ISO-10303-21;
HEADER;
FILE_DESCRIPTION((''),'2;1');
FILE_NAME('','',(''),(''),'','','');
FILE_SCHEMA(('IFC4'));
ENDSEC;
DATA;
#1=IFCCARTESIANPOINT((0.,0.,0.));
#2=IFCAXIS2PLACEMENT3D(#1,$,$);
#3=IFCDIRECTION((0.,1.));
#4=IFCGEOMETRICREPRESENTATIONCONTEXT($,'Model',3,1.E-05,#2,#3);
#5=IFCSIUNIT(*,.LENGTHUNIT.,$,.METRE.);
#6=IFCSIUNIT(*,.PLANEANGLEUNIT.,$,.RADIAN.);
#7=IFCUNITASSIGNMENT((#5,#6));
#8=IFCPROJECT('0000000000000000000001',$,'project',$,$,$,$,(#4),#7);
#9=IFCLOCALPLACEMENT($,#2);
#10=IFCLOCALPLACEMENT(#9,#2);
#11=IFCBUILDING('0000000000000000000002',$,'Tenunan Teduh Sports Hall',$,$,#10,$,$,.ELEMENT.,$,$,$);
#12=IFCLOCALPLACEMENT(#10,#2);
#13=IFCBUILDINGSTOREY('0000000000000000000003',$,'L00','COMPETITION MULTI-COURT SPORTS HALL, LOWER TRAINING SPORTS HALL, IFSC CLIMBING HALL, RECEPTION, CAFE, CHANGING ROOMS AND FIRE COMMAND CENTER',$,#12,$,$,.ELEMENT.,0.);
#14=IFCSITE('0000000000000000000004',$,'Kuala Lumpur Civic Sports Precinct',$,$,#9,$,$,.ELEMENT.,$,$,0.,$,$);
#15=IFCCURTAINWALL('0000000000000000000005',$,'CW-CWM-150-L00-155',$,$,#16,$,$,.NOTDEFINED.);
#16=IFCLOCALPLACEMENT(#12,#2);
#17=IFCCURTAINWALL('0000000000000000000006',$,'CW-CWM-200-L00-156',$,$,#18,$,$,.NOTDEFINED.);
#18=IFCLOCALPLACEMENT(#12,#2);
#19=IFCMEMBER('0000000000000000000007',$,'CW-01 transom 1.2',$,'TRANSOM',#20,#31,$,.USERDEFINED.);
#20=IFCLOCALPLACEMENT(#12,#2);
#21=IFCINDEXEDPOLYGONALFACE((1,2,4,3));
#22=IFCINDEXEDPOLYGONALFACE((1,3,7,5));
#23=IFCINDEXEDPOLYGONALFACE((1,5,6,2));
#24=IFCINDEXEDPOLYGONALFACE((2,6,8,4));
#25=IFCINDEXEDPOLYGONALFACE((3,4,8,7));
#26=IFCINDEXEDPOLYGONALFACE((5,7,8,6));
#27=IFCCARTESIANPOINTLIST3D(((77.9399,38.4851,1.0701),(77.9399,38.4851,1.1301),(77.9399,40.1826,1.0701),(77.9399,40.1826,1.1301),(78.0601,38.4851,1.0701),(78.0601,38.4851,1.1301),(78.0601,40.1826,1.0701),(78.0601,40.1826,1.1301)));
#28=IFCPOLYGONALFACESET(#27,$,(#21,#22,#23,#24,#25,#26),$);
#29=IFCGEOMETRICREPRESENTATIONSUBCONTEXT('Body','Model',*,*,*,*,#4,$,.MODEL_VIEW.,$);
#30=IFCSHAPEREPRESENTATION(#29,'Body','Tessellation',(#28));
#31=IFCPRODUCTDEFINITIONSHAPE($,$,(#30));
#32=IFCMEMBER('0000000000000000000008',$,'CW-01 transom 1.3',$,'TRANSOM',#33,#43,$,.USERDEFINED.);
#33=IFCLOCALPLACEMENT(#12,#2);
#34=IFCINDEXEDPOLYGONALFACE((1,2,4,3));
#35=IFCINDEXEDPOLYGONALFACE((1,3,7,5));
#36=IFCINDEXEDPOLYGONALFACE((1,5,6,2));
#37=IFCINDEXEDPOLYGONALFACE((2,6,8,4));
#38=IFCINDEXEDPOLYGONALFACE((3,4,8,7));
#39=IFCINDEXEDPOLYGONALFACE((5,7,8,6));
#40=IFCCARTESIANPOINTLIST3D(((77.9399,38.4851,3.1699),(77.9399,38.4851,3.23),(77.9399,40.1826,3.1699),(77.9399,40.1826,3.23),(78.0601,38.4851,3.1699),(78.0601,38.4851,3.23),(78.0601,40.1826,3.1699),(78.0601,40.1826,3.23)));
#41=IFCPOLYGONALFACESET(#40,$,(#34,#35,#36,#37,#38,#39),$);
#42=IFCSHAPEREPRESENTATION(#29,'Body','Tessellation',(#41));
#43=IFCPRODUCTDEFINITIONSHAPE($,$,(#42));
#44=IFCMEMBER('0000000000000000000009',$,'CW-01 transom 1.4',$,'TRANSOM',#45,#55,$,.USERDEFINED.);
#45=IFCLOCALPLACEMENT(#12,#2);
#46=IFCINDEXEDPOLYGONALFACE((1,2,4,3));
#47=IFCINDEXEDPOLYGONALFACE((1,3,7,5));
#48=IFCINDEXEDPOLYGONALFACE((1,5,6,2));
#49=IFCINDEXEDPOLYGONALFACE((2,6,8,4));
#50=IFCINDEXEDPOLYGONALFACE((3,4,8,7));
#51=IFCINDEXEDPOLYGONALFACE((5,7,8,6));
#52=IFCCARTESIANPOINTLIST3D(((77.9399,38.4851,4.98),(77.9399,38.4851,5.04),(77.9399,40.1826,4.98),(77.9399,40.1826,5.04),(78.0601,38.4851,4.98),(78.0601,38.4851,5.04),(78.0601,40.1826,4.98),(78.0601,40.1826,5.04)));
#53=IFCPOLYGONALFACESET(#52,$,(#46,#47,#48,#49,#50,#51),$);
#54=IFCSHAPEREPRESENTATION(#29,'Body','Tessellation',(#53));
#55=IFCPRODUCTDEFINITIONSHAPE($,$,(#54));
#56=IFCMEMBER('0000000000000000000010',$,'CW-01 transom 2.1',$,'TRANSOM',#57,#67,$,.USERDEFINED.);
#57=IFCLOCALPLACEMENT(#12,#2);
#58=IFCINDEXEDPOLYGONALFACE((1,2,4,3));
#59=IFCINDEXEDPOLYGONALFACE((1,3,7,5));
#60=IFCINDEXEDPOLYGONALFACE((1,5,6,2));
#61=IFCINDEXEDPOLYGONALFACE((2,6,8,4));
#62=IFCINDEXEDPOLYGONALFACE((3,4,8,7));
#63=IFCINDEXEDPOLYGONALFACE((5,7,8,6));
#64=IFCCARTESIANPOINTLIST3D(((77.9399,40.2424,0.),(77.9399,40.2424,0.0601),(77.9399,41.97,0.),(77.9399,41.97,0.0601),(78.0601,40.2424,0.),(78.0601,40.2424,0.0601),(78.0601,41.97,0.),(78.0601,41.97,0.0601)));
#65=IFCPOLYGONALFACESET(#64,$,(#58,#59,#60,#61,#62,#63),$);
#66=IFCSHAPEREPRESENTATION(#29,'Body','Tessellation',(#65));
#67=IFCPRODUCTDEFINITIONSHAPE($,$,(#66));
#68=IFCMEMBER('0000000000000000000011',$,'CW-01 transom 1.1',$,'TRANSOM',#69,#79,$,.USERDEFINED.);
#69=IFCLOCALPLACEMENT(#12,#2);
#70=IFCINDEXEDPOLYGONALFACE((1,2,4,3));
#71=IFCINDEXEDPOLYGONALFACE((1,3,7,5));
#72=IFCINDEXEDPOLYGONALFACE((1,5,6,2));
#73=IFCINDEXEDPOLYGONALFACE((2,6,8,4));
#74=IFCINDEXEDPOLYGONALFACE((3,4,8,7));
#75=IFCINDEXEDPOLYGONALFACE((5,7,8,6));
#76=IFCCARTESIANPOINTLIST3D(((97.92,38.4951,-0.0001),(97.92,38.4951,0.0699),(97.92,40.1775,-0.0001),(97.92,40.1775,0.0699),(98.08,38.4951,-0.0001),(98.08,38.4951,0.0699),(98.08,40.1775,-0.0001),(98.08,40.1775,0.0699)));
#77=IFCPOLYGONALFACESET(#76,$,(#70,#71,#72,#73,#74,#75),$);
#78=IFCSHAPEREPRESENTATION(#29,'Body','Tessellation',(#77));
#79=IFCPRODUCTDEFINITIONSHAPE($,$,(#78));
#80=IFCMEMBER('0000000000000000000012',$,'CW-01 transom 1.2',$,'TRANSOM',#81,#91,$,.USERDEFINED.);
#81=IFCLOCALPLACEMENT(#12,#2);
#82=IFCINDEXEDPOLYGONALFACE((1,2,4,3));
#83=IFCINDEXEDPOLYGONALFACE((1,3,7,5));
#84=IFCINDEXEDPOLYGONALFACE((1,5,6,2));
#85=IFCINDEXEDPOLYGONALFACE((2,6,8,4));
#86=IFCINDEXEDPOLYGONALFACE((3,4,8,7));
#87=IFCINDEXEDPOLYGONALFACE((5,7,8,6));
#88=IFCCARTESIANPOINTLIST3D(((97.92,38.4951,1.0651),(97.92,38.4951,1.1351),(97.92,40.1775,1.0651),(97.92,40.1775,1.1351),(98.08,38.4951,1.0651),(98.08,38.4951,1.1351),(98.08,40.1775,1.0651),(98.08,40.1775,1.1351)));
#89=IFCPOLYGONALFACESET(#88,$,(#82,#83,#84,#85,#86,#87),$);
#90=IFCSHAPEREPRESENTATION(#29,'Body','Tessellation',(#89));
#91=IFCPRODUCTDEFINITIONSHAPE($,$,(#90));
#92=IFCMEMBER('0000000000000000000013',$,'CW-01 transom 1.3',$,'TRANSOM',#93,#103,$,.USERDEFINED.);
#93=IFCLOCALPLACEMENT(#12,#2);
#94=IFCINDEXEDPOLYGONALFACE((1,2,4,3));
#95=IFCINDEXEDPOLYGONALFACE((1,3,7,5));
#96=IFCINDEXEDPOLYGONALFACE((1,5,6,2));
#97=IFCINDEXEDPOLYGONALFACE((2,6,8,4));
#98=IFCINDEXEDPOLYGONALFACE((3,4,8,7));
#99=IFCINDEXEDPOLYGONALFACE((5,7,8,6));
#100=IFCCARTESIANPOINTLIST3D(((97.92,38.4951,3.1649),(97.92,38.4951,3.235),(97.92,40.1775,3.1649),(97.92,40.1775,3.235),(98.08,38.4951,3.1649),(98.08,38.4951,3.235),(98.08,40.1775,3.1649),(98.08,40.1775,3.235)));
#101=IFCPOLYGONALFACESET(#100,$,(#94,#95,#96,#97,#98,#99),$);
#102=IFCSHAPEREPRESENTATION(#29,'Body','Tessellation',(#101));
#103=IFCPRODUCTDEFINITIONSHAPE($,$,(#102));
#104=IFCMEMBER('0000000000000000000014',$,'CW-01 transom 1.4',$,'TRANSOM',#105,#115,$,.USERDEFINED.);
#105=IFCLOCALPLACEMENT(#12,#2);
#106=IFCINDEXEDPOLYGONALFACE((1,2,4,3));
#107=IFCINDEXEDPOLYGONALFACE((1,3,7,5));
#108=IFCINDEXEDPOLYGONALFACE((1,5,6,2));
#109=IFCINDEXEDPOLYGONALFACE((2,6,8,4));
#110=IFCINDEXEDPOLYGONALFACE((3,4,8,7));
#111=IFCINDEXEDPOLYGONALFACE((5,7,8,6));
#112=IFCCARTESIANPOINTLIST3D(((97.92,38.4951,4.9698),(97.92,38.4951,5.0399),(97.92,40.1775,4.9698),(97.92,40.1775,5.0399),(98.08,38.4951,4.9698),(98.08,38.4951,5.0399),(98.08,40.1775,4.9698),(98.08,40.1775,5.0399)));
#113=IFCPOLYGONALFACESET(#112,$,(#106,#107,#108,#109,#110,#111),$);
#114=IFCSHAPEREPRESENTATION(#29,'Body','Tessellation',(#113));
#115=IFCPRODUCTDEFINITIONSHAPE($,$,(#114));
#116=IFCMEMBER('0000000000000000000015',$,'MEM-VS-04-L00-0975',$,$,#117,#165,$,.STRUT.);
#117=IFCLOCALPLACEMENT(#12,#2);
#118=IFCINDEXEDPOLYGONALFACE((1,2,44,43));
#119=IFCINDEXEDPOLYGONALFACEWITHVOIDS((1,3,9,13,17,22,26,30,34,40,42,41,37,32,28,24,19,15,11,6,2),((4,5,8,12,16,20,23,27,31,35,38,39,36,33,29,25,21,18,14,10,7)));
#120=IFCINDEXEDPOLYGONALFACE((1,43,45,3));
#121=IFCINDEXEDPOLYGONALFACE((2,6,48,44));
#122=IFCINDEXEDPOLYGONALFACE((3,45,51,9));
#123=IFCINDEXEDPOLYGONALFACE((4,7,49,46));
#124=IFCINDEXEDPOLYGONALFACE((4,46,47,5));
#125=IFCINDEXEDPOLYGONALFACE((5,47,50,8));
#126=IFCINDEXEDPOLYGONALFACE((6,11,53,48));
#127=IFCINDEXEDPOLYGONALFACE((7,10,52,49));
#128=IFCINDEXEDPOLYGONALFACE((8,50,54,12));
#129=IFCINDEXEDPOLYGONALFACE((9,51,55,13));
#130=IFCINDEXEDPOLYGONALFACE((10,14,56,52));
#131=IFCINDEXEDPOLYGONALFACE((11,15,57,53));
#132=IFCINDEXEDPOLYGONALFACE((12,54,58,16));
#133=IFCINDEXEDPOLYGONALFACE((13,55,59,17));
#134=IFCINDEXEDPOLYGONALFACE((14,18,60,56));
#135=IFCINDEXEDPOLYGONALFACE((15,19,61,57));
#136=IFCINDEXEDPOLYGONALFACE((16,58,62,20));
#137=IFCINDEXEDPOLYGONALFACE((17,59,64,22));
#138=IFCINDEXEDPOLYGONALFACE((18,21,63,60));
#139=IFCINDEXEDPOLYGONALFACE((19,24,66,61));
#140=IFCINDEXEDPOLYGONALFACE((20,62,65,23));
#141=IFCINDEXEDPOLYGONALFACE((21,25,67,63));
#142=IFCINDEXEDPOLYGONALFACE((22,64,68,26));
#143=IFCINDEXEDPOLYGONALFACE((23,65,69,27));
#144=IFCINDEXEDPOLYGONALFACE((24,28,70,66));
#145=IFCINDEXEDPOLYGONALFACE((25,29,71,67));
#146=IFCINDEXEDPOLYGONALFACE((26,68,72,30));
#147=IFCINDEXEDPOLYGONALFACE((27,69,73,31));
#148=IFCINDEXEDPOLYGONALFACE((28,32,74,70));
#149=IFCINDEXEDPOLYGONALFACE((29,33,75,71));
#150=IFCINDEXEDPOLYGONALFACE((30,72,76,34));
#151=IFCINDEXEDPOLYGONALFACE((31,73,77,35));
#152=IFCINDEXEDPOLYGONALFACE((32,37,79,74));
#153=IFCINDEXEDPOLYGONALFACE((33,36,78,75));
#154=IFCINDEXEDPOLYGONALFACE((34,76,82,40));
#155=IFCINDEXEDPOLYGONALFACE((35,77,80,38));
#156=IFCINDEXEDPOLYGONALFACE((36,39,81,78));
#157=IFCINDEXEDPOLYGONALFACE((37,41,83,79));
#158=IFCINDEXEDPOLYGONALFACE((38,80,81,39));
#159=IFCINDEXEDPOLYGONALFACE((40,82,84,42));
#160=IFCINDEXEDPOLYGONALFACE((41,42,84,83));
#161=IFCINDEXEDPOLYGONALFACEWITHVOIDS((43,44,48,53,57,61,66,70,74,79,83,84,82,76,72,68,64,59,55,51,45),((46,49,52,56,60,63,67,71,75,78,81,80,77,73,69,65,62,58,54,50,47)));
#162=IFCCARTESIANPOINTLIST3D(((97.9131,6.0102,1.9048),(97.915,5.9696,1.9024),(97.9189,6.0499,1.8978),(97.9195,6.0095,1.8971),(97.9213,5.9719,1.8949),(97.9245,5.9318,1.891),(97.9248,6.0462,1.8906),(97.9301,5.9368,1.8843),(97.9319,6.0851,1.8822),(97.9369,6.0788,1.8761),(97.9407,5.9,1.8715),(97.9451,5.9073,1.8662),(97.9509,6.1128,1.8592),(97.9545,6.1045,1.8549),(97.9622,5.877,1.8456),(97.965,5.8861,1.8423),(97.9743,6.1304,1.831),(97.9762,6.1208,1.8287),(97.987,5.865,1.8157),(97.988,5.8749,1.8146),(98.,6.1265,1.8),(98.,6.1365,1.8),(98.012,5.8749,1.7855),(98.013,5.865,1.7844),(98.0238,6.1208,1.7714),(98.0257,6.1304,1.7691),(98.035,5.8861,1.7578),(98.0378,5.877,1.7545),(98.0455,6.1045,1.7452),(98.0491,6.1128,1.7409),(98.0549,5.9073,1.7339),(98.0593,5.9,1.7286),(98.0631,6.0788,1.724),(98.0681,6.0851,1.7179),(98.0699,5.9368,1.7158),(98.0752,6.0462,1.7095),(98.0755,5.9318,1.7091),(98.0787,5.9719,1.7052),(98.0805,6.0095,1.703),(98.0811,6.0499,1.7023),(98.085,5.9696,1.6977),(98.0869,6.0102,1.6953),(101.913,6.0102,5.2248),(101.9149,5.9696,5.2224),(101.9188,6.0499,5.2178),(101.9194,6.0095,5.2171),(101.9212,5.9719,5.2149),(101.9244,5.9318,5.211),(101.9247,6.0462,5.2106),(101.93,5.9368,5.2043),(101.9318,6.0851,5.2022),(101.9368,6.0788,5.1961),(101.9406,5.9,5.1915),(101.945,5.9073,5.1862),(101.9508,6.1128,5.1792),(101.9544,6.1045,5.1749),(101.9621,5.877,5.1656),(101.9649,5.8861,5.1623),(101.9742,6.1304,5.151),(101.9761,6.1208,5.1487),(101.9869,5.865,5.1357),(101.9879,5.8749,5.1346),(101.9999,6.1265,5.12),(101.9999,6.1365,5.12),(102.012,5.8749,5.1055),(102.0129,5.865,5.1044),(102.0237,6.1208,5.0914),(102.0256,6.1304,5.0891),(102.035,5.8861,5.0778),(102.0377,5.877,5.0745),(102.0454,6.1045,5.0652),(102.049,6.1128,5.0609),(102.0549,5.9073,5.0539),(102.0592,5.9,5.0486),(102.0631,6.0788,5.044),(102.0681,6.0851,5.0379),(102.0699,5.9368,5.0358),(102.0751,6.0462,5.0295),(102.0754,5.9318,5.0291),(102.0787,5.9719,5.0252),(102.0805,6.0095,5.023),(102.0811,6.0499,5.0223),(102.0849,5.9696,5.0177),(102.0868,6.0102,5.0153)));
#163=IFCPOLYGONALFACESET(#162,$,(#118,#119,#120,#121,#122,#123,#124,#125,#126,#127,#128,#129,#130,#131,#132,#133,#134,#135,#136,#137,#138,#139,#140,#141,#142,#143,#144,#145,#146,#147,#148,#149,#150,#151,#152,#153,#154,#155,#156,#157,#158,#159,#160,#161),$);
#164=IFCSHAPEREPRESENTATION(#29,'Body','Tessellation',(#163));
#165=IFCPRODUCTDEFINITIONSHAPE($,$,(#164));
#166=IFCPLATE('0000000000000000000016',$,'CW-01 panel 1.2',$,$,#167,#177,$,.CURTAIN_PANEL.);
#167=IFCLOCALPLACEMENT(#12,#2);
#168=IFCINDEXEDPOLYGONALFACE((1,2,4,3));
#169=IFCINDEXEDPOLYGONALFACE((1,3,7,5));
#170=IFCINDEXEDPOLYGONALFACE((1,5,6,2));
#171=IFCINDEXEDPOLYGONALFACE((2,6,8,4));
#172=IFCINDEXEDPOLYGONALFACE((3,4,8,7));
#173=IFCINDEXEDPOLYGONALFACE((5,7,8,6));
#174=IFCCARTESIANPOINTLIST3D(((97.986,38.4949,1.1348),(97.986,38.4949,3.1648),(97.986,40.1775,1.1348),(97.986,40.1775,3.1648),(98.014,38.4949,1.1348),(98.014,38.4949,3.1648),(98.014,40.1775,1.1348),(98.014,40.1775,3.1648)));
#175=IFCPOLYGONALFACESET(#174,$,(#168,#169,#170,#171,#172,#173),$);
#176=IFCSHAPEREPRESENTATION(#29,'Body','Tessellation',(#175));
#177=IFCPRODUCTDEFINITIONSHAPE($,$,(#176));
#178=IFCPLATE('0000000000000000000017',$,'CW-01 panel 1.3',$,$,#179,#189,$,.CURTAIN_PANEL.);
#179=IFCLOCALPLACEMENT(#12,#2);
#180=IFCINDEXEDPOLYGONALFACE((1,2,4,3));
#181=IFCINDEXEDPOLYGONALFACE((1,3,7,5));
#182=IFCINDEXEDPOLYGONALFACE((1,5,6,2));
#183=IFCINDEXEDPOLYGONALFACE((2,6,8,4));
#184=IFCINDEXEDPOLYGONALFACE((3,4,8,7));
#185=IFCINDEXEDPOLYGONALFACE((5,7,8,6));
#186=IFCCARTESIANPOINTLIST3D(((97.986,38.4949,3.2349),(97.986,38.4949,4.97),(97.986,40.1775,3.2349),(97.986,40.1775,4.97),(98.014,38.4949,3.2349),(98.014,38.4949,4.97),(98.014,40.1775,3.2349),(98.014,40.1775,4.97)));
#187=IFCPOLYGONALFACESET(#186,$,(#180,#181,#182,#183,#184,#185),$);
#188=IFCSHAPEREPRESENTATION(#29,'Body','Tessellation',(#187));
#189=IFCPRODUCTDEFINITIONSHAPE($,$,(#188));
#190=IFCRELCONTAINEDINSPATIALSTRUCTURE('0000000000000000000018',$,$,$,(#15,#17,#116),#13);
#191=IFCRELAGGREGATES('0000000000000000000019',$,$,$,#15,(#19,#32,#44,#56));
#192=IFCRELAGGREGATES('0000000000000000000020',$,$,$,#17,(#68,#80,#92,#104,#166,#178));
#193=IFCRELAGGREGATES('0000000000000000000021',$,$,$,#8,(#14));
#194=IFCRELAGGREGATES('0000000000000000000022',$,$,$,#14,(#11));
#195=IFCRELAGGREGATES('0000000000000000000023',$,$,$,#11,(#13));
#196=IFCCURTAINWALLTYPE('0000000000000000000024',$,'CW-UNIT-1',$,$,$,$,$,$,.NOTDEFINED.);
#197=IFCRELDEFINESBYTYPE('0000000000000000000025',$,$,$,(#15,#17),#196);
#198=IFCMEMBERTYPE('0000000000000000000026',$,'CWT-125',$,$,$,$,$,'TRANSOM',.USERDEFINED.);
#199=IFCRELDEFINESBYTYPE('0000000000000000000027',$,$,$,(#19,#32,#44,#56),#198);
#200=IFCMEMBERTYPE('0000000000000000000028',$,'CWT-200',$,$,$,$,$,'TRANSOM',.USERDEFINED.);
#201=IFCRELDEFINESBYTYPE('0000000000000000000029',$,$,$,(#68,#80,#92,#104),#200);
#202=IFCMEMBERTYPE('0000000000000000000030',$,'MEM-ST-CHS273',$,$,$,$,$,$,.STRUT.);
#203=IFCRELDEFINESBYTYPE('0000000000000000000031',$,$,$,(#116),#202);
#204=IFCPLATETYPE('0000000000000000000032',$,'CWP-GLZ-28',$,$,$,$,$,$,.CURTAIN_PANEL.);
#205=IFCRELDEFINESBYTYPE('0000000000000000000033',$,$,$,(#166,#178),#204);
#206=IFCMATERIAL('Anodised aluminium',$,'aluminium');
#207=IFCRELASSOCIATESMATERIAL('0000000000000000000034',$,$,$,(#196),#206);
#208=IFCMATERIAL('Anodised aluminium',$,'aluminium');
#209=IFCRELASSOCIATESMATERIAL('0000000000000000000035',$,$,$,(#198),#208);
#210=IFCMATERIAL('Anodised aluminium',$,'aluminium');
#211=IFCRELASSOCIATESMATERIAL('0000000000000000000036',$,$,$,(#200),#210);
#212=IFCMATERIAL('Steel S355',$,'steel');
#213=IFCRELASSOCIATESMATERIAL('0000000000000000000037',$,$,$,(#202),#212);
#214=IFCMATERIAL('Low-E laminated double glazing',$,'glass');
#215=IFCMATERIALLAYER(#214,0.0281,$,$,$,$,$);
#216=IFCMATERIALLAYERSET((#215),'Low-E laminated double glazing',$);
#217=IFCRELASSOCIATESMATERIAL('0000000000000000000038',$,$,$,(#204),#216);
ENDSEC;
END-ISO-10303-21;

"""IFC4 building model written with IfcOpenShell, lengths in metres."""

from ifc_helpers import new_model, si_unit, direction, frame, origin, origin_2d, place, context, subcontext, project, spatial, rectangle, hollow_circle, extrude, material, layer, layer_set, material_profile, profile_set, type_object, element, aggregate, save


model = new_model("IFC4")

# Units and contexts
model_context = context("Model", 3, precision=1e-05, world=origin(), true_north=direction((0.0, 1.0)))
body_context = subcontext(model_context, "Body", "Model", "MODEL_VIEW")
ifc_project = project(units=[si_unit("LENGTHUNIT", "METRE"), si_unit("PLANEANGLEUNIT", "RADIAN")], contexts=[model_context])

# Site, building, storey
site_placement = place(None, origin())
site = spatial("IfcSite", under=ifc_project, at=site_placement, Name="Kuala Lumpur Civic Sports Precinct", CompositionType="ELEMENT", RefElevation=0.0)
building_placement = place(site_placement, origin())
building = spatial("IfcBuilding", under=site, at=building_placement, Name="Tenunan Teduh Sports Hall", CompositionType="ELEMENT")
storey_placement = place(building_placement, origin())
storey = spatial("IfcBuildingStorey", under=building, at=storey_placement, Name="L00", Description="COMPETITION MULTI-COURT SPORTS HALL, LOWER TRAINING SPORTS HALL, IFSC CLIMBING HALL, RECEPTION, CAFE, CHANGING ROOMS AND FIRE COMMAND CENTER", CompositionType="ELEMENT", Elevation=0.0)

# Curtain wall
ifc_material_1 = material(Name="Anodised aluminium", Category="aluminium")
curtain_wall_type = type_object("IfcCurtainWallType", Name="CW-UNIT-1", PredefinedType="NOTDEFINED", material=ifc_material_1)
curtain_wall_1_placement = place(storey_placement, origin())
curtain_wall_1 = element("IfcCurtainWall", 1, at=curtain_wall_1_placement, inside=storey, type_object=curtain_wall_type, Name="CW-CWM-150-L00-155", PredefinedType="NOTDEFINED")

# Curtain wall
curtain_wall_2_placement = place(storey_placement, origin())
curtain_wall_2 = element("IfcCurtainWall", 2, at=curtain_wall_2_placement, inside=storey, type_object=curtain_wall_type, Name="CW-CWM-200-L00-156", PredefinedType="NOTDEFINED")

# Members
ifc_material_2 = material(Name="Anodised aluminium", Category="aluminium")
ifc_material_profile_1 = material_profile(ifc_material_2, rectangle(XDim=0.0601, YDim=0.1201, at=origin_2d()), Name="CWT 60x120")
ifc_profile_set_1 = profile_set([ifc_material_profile_1], Name="Anodised aluminium")
member_type_1 = type_object("IfcMemberType", Name="CWT-125", ElementType="TRANSOM", PredefinedType="USERDEFINED", material=ifc_profile_set_1)
member_1_placement = place(storey_placement, frame((78.0, 38.4851, 1.1001), z_axis=(0.0, 1.0, 0.0), x_axis=(0.0, 0.0, 1.0)))
member_1 = element("IfcMember", 3, at=member_1_placement, type_object=member_type_1, Name="CW-01 transom 1.2", ObjectType="TRANSOM", PredefinedType="USERDEFINED", context=body_context, shape_type="SweptSolid", body=[
    extrude(rectangle(XDim=0.0601, YDim=0.1201, at=origin_2d()), origin(), (0.0, 0.0, 1.0), 1.6975),
])
member_2_placement = place(storey_placement, frame((78.0, 38.4851, 3.2), z_axis=(0.0, 1.0, 0.0), x_axis=(0.0, 0.0, 1.0)))
member_2 = element("IfcMember", 4, at=member_2_placement, type_object=member_type_1, Name="CW-01 transom 1.3", ObjectType="TRANSOM", PredefinedType="USERDEFINED", context=body_context, shape_type="SweptSolid", body=[
    extrude(rectangle(XDim=0.0601, YDim=0.1201, at=origin_2d()), origin(), (0.0, 0.0, 1.0), 1.6975),
])
member_3_placement = place(storey_placement, frame((78.0, 38.4851, 5.01), z_axis=(0.0, 1.0, 0.0), x_axis=(0.0, 0.0, 1.0)))
member_3 = element("IfcMember", 5, at=member_3_placement, type_object=member_type_1, Name="CW-01 transom 1.4", ObjectType="TRANSOM", PredefinedType="USERDEFINED", context=body_context, shape_type="SweptSolid", body=[
    extrude(rectangle(XDim=0.0601, YDim=0.1201, at=origin_2d()), origin(), (0.0, 0.0, 1.0), 1.6975),
])
member_4_placement = place(storey_placement, frame((78.0, 40.2424, 0.03), z_axis=(0.0, 1.0, 0.0), x_axis=(0.0, 0.0, 1.0)))
member_4 = element("IfcMember", 6, at=member_4_placement, type_object=member_type_1, Name="CW-01 transom 2.1", ObjectType="TRANSOM", PredefinedType="USERDEFINED", context=body_context, shape_type="SweptSolid", body=[
    extrude(rectangle(XDim=0.0601, YDim=0.1201, at=origin_2d()), origin(), (0.0, 0.0, 1.0), 1.7275),
])
ifc_material_3 = material(Name="Anodised aluminium", Category="aluminium")
ifc_material_profile_2 = material_profile(ifc_material_3, rectangle(XDim=0.0701, YDim=0.1599, at=origin_2d()), Name="CWT 70x160")
ifc_profile_set_2 = profile_set([ifc_material_profile_2], Name="Anodised aluminium")
member_type_2 = type_object("IfcMemberType", Name="CWT-200", ElementType="TRANSOM", PredefinedType="USERDEFINED", material=ifc_profile_set_2)
member_5_placement = place(storey_placement, frame((98.0, 38.4951, 0.0349), z_axis=(0.0, 1.0, 0.0), x_axis=(0.0, 0.0, 1.0)))
member_5 = element("IfcMember", 7, at=member_5_placement, type_object=member_type_2, Name="CW-01 transom 1.1", ObjectType="TRANSOM", PredefinedType="USERDEFINED", context=body_context, shape_type="SweptSolid", body=[
    extrude(rectangle(XDim=0.0701, YDim=0.1599, at=origin_2d()), origin(), (0.0, 0.0, 1.0), 1.6824),
])
member_6_placement = place(storey_placement, frame((98.0, 38.4951, 1.1001), z_axis=(0.0, 1.0, 0.0), x_axis=(0.0, 0.0, 1.0)))
member_6 = element("IfcMember", 8, at=member_6_placement, type_object=member_type_2, Name="CW-01 transom 1.2", ObjectType="TRANSOM", PredefinedType="USERDEFINED", context=body_context, shape_type="SweptSolid", body=[
    extrude(rectangle(XDim=0.0701, YDim=0.1599, at=origin_2d()), origin(), (0.0, 0.0, 1.0), 1.6824),
])
member_7_placement = place(storey_placement, frame((98.0, 38.4951, 3.2), z_axis=(0.0, 1.0, 0.0), x_axis=(0.0, 0.0, 1.0)))
member_7 = element("IfcMember", 9, at=member_7_placement, type_object=member_type_2, Name="CW-01 transom 1.3", ObjectType="TRANSOM", PredefinedType="USERDEFINED", context=body_context, shape_type="SweptSolid", body=[
    extrude(rectangle(XDim=0.0701, YDim=0.1599, at=origin_2d()), origin(), (0.0, 0.0, 1.0), 1.6824),
])
member_8_placement = place(storey_placement, frame((98.0, 38.4951, 5.0049), z_axis=(0.0, 1.0, 0.0), x_axis=(0.0, 0.0, 1.0)))
member_8 = element("IfcMember", 10, at=member_8_placement, type_object=member_type_2, Name="CW-01 transom 1.4", ObjectType="TRANSOM", PredefinedType="USERDEFINED", context=body_context, shape_type="SweptSolid", body=[
    extrude(rectangle(XDim=0.0701, YDim=0.1599, at=origin_2d()), origin(), (0.0, 0.0, 1.0), 1.6824),
])
ifc_material_4 = material(Name="Steel S355", Category="steel")
ifc_material_profile_3 = material_profile(ifc_material_4, hollow_circle(Radius=0.1365, WallThickness=0.01, at=origin_2d()), Name="CHS 273.0x10.0")
ifc_profile_set_3 = profile_set([ifc_material_profile_3], Name="Steel S355")
member_type_3 = type_object("IfcMemberType", Name="MEM-ST-CHS273", PredefinedType="STRUT", material=ifc_profile_set_3)
member_9_placement = place(storey_placement, frame((98.0, 6.0, 1.8), z_axis=(0.769475, 0.0, 0.638677), x_axis=(0.0, 1.0, 0.0)))
element("IfcMember", 11, at=member_9_placement, inside=storey, type_object=member_type_3, Name="MEM-VS-04-L00-0975", PredefinedType="STRUT", context=body_context, shape_type="SweptSolid", body=[
    extrude(hollow_circle(Radius=0.1365, WallThickness=0.01, at=origin_2d()), origin(), (0.0, 0.0, 1.0), 5.1982),
])

# Plates
ifc_material_5 = material(Name="Low-E laminated double glazing", Category="glass")
ifc_layer_1 = layer(ifc_material_5, 0.0281)
ifc_layer_set_1 = layer_set([ifc_layer_1], Name="Low-E laminated double glazing")
plate_type_1 = type_object("IfcPlateType", Name="CWP-GLZ-28", PredefinedType="CURTAIN_PANEL", material=ifc_layer_set_1)
plate_1_placement = place(storey_placement, frame((98.0, 39.3362, 1.1348), z_axis=(0.0, 0.0, 1.0), x_axis=(0.0, 1.0, 0.0)))
plate_1 = element("IfcPlate", 12, at=plate_1_placement, type_object=plate_type_1, Name="CW-01 panel 1.2", PredefinedType="CURTAIN_PANEL", context=body_context, shape_type="SweptSolid", body=[
    extrude(rectangle(XDim=1.6826, YDim=0.0281, at=origin_2d()), origin(), (0.0, 0.0, 1.0), 2.03),
])
plate_2_placement = place(storey_placement, frame((98.0, 39.3362, 3.2349), z_axis=(0.0, 0.0, 1.0), x_axis=(0.0, 1.0, 0.0)))
plate_2 = element("IfcPlate", 13, at=plate_2_placement, type_object=plate_type_1, Name="CW-01 panel 1.3", PredefinedType="CURTAIN_PANEL", context=body_context, shape_type="SweptSolid", body=[
    extrude(rectangle(XDim=1.6826, YDim=0.0281, at=origin_2d()), origin(), (0.0, 0.0, 1.0), 1.7351),
])
aggregate(curtain_wall_1, [member_1, member_2, member_3, member_4])
aggregate(curtain_wall_2, [member_5, member_6, member_7, member_8, plate_1, plate_2])

save(model, "model.ifc")
